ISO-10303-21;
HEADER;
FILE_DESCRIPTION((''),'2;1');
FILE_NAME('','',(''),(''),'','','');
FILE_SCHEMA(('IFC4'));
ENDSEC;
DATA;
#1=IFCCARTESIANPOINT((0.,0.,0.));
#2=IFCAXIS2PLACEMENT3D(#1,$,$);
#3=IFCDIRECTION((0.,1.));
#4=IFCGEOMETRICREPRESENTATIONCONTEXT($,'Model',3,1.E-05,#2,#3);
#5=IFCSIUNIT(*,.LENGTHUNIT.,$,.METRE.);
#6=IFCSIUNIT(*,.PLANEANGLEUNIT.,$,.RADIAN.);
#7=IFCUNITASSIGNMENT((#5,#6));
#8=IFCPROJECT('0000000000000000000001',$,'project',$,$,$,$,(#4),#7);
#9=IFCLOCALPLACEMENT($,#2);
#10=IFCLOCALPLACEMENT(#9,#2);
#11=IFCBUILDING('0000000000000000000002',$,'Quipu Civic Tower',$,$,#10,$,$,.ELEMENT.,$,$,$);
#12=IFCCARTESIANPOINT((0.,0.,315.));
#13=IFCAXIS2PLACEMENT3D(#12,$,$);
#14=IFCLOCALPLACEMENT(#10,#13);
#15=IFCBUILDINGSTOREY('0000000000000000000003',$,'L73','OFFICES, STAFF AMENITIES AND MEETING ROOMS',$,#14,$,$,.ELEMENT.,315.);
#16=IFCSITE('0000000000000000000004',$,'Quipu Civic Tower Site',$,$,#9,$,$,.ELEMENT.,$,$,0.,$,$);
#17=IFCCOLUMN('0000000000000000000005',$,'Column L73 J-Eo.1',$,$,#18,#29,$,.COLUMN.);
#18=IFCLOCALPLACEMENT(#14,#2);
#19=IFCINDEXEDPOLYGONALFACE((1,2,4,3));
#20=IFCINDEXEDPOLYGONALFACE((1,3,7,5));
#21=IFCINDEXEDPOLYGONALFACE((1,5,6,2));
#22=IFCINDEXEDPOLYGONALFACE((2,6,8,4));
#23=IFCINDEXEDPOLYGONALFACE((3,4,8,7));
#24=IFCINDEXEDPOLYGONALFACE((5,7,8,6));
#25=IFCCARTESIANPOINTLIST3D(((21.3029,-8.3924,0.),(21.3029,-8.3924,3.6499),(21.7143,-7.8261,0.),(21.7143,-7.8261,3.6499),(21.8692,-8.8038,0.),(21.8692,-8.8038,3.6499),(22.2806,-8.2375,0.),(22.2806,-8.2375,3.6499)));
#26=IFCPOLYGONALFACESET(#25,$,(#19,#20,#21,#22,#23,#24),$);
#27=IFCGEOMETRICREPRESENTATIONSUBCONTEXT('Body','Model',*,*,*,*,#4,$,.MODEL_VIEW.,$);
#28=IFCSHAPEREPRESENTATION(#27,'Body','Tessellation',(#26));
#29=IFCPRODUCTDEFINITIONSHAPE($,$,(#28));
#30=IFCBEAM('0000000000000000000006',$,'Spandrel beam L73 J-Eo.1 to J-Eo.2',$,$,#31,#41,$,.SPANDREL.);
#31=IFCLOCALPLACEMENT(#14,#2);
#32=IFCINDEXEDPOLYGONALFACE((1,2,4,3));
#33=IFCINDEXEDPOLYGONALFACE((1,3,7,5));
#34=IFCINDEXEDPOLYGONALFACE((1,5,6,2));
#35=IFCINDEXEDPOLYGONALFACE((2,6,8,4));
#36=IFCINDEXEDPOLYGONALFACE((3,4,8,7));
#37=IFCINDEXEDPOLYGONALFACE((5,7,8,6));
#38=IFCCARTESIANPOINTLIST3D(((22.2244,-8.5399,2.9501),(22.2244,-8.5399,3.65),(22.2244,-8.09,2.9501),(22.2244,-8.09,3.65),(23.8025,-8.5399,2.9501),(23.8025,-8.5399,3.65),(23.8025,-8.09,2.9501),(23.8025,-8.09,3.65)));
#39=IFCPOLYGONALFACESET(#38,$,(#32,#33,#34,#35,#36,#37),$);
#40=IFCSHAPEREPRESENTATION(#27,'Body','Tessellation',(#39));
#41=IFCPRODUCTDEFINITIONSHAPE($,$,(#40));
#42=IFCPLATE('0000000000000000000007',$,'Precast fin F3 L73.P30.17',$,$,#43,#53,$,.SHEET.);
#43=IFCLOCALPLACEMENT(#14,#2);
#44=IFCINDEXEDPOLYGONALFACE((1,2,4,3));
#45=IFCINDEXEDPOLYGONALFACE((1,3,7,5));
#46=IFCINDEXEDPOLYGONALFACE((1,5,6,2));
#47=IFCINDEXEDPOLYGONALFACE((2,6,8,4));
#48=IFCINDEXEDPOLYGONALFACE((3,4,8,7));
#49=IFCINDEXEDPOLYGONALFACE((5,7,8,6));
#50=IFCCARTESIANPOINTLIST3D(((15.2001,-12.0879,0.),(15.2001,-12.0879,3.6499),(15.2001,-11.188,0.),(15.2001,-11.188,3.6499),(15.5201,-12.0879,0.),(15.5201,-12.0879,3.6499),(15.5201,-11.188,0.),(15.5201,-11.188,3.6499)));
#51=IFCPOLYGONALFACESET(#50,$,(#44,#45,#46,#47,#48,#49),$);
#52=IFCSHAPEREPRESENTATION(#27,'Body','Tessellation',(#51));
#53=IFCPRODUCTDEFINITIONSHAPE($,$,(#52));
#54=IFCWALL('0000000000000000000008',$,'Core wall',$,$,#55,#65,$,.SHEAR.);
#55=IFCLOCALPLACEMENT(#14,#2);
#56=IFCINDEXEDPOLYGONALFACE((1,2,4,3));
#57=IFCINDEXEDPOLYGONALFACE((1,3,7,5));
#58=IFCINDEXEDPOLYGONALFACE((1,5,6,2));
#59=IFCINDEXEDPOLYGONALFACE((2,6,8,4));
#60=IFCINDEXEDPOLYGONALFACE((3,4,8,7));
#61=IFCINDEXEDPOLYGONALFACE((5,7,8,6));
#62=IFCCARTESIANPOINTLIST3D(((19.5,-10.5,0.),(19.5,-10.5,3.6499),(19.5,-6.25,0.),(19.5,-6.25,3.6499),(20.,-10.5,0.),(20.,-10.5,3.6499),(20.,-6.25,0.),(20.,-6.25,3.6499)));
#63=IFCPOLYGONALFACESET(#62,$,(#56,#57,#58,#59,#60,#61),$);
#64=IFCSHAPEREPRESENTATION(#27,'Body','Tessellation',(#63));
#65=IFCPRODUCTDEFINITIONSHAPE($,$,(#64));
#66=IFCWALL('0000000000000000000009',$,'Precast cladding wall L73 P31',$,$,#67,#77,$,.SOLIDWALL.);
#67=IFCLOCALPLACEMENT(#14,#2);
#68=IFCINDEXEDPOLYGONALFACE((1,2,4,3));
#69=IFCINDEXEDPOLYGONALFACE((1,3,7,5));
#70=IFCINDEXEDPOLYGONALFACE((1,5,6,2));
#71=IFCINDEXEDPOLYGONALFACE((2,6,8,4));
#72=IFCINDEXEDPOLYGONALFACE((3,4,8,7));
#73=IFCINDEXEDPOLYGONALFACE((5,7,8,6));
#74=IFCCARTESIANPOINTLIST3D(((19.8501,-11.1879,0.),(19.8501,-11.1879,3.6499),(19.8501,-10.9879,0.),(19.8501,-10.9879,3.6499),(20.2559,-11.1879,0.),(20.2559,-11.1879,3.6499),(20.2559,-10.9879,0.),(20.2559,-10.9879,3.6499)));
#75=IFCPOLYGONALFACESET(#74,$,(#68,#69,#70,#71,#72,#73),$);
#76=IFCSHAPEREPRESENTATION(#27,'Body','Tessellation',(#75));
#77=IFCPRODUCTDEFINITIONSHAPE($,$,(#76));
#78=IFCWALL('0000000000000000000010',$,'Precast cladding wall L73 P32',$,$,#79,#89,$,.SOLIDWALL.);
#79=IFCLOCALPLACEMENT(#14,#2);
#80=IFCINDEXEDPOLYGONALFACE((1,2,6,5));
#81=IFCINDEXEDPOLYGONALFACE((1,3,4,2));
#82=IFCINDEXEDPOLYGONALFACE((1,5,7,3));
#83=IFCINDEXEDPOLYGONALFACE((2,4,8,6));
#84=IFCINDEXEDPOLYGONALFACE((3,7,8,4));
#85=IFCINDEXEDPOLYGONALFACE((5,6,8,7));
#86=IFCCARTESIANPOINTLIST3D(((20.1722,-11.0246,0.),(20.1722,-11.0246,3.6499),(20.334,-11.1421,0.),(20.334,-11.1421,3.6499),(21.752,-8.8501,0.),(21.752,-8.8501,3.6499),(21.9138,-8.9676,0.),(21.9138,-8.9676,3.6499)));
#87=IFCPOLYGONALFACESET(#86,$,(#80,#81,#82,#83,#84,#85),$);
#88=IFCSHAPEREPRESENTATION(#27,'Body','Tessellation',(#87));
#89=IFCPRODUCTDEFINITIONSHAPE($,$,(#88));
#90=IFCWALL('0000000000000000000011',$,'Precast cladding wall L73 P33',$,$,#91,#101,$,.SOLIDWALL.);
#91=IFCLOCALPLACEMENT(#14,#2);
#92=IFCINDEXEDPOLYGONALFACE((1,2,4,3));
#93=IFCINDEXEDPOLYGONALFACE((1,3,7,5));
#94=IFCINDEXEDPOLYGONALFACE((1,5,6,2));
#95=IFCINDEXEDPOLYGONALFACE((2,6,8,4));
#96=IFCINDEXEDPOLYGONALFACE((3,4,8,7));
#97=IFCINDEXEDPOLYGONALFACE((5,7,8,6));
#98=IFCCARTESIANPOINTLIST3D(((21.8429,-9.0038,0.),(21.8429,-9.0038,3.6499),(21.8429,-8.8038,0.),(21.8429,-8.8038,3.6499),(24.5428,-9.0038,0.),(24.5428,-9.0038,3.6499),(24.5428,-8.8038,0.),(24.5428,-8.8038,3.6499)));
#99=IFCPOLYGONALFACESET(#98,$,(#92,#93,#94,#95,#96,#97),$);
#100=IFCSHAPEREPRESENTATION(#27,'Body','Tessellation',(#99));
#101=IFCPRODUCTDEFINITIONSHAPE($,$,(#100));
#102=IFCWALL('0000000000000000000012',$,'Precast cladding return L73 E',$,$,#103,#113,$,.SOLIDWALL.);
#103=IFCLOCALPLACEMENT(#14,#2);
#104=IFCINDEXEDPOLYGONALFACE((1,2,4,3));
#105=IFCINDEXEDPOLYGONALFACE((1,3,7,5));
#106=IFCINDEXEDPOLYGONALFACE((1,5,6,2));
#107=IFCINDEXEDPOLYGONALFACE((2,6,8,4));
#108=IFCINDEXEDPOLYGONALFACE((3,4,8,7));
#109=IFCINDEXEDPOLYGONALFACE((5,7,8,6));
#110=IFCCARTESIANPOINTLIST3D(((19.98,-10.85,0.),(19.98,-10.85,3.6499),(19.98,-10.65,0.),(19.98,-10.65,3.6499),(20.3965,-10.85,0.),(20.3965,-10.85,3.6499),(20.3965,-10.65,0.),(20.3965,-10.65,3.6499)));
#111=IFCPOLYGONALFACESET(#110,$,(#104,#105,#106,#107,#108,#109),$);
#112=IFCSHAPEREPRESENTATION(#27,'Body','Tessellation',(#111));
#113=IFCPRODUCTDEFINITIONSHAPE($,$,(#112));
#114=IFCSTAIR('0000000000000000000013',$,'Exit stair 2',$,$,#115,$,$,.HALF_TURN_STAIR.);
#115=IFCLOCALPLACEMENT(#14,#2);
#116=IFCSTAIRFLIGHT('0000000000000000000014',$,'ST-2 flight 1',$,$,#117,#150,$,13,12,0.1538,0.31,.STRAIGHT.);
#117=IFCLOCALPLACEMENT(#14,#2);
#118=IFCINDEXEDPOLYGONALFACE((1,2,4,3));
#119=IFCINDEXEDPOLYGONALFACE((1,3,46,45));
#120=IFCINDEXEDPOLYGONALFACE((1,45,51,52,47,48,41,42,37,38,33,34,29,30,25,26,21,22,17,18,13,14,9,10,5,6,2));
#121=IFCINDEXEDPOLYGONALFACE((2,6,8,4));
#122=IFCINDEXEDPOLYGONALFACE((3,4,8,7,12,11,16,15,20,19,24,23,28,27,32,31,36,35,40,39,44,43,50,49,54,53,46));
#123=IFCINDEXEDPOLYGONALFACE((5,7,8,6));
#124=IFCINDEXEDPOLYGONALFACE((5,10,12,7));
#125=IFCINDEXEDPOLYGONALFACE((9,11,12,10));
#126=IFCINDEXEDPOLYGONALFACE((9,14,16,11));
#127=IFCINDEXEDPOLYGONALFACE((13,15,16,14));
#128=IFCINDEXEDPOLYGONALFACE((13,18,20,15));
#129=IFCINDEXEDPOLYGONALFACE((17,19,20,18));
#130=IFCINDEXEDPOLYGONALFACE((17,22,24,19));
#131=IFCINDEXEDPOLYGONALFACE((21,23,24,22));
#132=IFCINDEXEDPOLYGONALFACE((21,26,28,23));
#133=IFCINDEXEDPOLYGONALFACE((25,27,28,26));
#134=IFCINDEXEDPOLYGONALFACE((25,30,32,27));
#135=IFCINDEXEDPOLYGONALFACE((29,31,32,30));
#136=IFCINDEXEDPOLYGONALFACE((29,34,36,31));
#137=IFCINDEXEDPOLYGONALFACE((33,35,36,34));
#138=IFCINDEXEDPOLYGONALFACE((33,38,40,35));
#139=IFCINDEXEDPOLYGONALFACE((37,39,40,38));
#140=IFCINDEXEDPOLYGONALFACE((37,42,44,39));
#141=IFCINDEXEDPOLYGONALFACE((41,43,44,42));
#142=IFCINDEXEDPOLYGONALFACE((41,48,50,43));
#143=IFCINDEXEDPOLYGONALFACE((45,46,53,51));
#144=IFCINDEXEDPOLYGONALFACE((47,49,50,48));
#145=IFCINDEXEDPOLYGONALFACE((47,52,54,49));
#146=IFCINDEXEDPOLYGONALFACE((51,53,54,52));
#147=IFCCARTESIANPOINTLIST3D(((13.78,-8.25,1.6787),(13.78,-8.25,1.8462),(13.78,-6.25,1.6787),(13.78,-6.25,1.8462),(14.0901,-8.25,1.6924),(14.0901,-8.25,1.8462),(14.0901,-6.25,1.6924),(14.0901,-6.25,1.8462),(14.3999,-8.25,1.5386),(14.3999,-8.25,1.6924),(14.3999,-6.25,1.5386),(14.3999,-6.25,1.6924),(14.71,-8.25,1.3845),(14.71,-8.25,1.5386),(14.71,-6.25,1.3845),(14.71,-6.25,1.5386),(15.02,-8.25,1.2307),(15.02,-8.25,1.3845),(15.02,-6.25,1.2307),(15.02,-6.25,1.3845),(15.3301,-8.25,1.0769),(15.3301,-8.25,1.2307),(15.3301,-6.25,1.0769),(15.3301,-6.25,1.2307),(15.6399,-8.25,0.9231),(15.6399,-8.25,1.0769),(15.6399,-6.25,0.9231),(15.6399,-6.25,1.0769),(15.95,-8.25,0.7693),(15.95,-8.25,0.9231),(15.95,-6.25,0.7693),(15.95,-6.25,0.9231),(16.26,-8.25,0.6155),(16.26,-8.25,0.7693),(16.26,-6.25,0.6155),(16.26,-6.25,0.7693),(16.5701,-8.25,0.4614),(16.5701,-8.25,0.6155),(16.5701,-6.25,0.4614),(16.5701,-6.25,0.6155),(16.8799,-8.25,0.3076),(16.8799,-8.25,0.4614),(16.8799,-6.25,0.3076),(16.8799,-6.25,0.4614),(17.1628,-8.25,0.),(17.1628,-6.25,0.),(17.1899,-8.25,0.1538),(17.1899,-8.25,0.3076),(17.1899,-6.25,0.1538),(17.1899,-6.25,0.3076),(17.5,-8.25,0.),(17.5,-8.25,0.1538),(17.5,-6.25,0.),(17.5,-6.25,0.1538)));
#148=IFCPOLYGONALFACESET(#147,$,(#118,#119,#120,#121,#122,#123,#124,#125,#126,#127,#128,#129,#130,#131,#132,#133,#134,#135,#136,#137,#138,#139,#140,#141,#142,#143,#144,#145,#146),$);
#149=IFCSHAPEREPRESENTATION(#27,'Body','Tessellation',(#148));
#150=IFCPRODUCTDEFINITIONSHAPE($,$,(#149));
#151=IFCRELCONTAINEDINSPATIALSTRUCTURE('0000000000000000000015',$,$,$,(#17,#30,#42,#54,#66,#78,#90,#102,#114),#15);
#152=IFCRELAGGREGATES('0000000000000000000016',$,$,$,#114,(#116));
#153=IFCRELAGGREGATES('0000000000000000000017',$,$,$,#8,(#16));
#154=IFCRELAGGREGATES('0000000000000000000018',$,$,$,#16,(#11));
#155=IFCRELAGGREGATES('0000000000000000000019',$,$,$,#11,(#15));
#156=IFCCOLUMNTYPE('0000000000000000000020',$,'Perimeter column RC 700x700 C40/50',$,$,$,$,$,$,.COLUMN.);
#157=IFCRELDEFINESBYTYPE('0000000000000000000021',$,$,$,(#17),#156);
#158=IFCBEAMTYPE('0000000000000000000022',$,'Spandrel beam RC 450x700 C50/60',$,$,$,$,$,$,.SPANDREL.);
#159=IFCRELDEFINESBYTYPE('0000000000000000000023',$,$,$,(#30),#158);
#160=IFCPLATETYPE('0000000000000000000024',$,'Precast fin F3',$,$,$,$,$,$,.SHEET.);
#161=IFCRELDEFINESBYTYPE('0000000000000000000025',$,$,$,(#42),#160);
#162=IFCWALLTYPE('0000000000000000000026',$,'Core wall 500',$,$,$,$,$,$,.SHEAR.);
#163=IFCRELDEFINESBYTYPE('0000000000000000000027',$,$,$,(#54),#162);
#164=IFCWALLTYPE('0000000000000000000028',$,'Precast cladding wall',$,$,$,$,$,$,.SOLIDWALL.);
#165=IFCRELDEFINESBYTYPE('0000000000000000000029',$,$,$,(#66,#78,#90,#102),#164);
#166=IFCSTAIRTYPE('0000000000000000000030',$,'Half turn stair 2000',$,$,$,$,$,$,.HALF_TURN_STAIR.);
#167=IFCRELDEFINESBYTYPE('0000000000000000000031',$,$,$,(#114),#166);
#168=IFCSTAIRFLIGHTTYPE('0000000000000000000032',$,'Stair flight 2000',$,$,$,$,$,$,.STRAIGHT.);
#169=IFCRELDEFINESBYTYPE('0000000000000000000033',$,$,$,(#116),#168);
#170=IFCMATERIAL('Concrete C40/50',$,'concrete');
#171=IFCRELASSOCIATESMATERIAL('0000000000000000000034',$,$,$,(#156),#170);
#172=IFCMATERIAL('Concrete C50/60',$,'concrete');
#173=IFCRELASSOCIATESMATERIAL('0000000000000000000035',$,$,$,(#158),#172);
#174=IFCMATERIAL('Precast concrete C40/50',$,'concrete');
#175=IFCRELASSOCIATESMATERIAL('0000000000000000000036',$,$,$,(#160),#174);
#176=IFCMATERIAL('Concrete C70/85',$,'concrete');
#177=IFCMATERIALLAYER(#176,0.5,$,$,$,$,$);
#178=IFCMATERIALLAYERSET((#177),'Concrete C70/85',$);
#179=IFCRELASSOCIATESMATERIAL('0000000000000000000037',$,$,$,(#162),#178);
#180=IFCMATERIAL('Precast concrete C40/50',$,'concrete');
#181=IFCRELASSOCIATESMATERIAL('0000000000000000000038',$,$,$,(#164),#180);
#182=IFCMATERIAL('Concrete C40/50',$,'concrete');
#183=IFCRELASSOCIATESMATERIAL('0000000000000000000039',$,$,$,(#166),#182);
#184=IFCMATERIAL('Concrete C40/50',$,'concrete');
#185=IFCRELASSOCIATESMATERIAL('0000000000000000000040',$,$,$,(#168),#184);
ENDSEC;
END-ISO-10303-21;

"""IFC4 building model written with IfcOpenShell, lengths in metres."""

from ifc_helpers import new_model, si_unit, direction, frame, frame_2d, origin, origin_2d, place, context, subcontext, project, spatial, polyline, rectangle, outline, extrude, material, layer, layer_set, material_profile, profile_set, type_object, element, aggregate, save


model = new_model("IFC4")

# Units and contexts
model_context = context("Model", 3, precision=1e-05, world=origin(), true_north=direction((0.0, 1.0)))
body_context = subcontext(model_context, "Body", "Model", "MODEL_VIEW")
ifc_project = project(units=[si_unit("LENGTHUNIT", "METRE"), si_unit("PLANEANGLEUNIT", "RADIAN")], contexts=[model_context])

# Site, building, storey
site_placement = place(None, origin())
site = spatial("IfcSite", under=ifc_project, at=site_placement, Name="Quipu Civic Tower Site", CompositionType="ELEMENT", RefElevation=0.0)
building_placement = place(site_placement, origin())
building = spatial("IfcBuilding", under=site, at=building_placement, Name="Quipu Civic Tower", CompositionType="ELEMENT")
storey_placement = place(building_placement, frame((0.0, 0.0, 315.0)))
storey = spatial("IfcBuildingStorey", under=building, at=storey_placement, Name="L73", Description="OFFICES, STAFF AMENITIES AND MEETING ROOMS", CompositionType="ELEMENT", Elevation=315.0)

# Column
ifc_material_1 = material(Name="Concrete C40/50", Category="concrete")
ifc_material_profile_1 = material_profile(ifc_material_1, rectangle(XDim=0.7, YDim=0.7, at=origin_2d()), Name="RC700x700")
ifc_profile_set_1 = profile_set([ifc_material_profile_1], Name="Concrete C40/50")
column_type = type_object("IfcColumnType", Name="Perimeter column RC 700x700 C40/50", PredefinedType="COLUMN", material=ifc_profile_set_1)
column_placement = place(storey_placement, frame((21.7917, -8.3149, 0.0), z_axis=(0.0, 0.0, 1.0), x_axis=(0.587785, 0.809017, 0.0)))
element("IfcColumn", 1, at=column_placement, inside=storey, type_object=column_type, Name="Column L73 J-Eo.1", PredefinedType="COLUMN", context=body_context, shape_type="SweptSolid", body=[
    extrude(rectangle(XDim=0.7, YDim=0.7, at=origin_2d()), origin(), (0.0, 0.0, 1.0), 3.6499),
])

# Beam
ifc_material_2 = material(Name="Concrete C50/60", Category="concrete")
ifc_material_profile_2 = material_profile(ifc_material_2, rectangle(XDim=0.45, YDim=0.7, at=origin_2d()), Name="RC450x700")
ifc_profile_set_2 = profile_set([ifc_material_profile_2], Name="Concrete C50/60")
beam_type = type_object("IfcBeamType", Name="Spandrel beam RC 450x700 C50/60", PredefinedType="SPANDREL", material=ifc_profile_set_2)
beam_placement = place(storey_placement, frame((22.2244, -8.3149, 3.3), z_axis=(1.0, 0.0, 0.0), x_axis=(0.0, 1.0, 0.0)))
element("IfcBeam", 2, at=beam_placement, inside=storey, type_object=beam_type, Name="Spandrel beam L73 J-Eo.1 to J-Eo.2", PredefinedType="SPANDREL", context=body_context, shape_type="SweptSolid", body=[
    extrude(rectangle(XDim=0.45, YDim=0.7, at=origin_2d()), origin(), (0.0, 0.0, 1.0), 1.5781),
])

# Plate
ifc_material_3 = material(Name="Precast concrete C40/50", Category="concrete")
plate_type = type_object("IfcPlateType", Name="Precast fin F3", PredefinedType="SHEET", material=ifc_material_3)
plate_placement = place(storey_placement, frame((15.3601, -11.6379, 0.0), z_axis=(0.0, 0.0, 1.0), x_axis=(1.0, 0.0, 0.0)))
element("IfcPlate", 3, at=plate_placement, inside=storey, type_object=plate_type, Name="Precast fin F3 L73.P30.17", PredefinedType="SHEET", context=body_context, shape_type="SweptSolid", body=[
    extrude(rectangle(XDim=0.3201, YDim=0.8999, at=origin_2d()), origin(), (0.0, 0.0, 1.0), 3.6499),
])

# Walls
ifc_material_4 = material(Name="Concrete C70/85", Category="concrete")
ifc_layer = layer(ifc_material_4, 0.5)
ifc_layer_set = layer_set([ifc_layer], Name="Concrete C70/85")
wall_type_1 = type_object("IfcWallType", Name="Core wall 500", PredefinedType="SHEAR", material=ifc_layer_set)
wall_1_placement = place(storey_placement, frame((19.75, -10.5, 0.0), z_axis=(0.0, 0.0, 1.0), x_axis=(0.0, 1.0, 0.0)))
element("IfcWall", 4, at=wall_1_placement, inside=storey, type_object=wall_type_1, Name="Core wall", PredefinedType="SHEAR", context=body_context, shape_type="SweptSolid", body=[
    extrude(rectangle(XDim=4.25, YDim=0.5, at=frame_2d((2.125, 0.0))), origin(), (0.0, 0.0, 1.0), 3.6499),
])
ifc_material_5 = material(Name="Precast concrete C40/50", Category="concrete")
wall_type_2 = type_object("IfcWallType", Name="Precast cladding wall", PredefinedType="SOLIDWALL", material=ifc_material_5)
wall_2_placement = place(storey_placement, frame((19.8501, -11.0879, 0.0), z_axis=(0.0, 0.0, 1.0), x_axis=(1.0, 0.0, 0.0)))
element("IfcWall", 5, at=wall_2_placement, inside=storey, type_object=wall_type_2, Name="Precast cladding wall L73 P31", PredefinedType="SOLIDWALL", context=body_context, shape_type="SweptSolid", body=[
    extrude(rectangle(XDim=0.4058, YDim=0.2, at=frame_2d((0.2029, 0.0))), origin(), (0.0, 0.0, 1.0), 3.6499),
])
wall_3_placement = place(storey_placement, frame((20.2532, -11.0833, 0.0), z_axis=(0.0, 0.0, 1.0), x_axis=(0.587767, 0.809031, 0.0)))
element("IfcWall", 6, at=wall_3_placement, inside=storey, type_object=wall_type_2, Name="Precast cladding wall L73 P32", PredefinedType="SOLIDWALL", context=body_context, shape_type="SweptSolid", body=[
    extrude(rectangle(XDim=2.6877, YDim=0.2, at=frame_2d((1.3438, 0.0))), origin(), (0.0, 0.0, 1.0), 3.6499),
])
wall_4_placement = place(storey_placement, frame((21.8428, -8.9038, 0.0), z_axis=(0.0, 0.0, 1.0), x_axis=(1.0, 0.0, 0.0)))
element("IfcWall", 7, at=wall_4_placement, inside=storey, type_object=wall_type_2, Name="Precast cladding wall L73 P33", PredefinedType="SOLIDWALL", context=body_context, shape_type="SweptSolid", body=[
    extrude(rectangle(XDim=2.7, YDim=0.2, at=frame_2d((1.3501, 0.0))), origin(), (0.0, 0.0, 1.0), 3.6499),
])
wall_5_placement = place(storey_placement, frame((19.98, -10.75, 0.0), z_axis=(0.0, 0.0, 1.0), x_axis=(1.0, 0.0, 0.0)))
element("IfcWall", 8, at=wall_5_placement, inside=storey, type_object=wall_type_2, Name="Precast cladding return L73 E", PredefinedType="SOLIDWALL", context=body_context, shape_type="SweptSolid", body=[
    extrude(rectangle(XDim=0.4165, YDim=0.2, at=frame_2d((0.2083, 0.0))), origin(), (0.0, 0.0, 1.0), 3.6499),
])

# Stair, stair flight
ifc_material_6 = material(Name="Concrete C40/50", Category="concrete")
stair_type = type_object("IfcStairType", Name="Half turn stair 2000", PredefinedType="HALF_TURN_STAIR", material=ifc_material_6)
stair_placement = place(storey_placement, origin())
stair = element("IfcStair", 9, at=stair_placement, inside=storey, type_object=stair_type, Name="Exit stair 2", PredefinedType="HALF_TURN_STAIR")
ifc_material_7 = material(Name="Concrete C40/50", Category="concrete")
stair_flight_type = type_object("IfcStairFlightType", Name="Stair flight 2000", PredefinedType="STRAIGHT", material=ifc_material_7)
stair_flight_placement = place(storey_placement, frame((17.5, -7.25, 0.0), z_axis=(0.0, 0.0, 1.0), x_axis=(-1.0, 0.0, 0.0)))
stair_flight = element("IfcStairFlight", 10, at=stair_flight_placement, type_object=stair_flight_type, Name="ST-2 flight 1", NumberOfRisers=13, NumberOfTreads=12, PredefinedType="STRAIGHT", RiserHeight=0.1538, TreadLength=0.31, context=body_context, shape_type="SweptSolid", body=[
    extrude(outline(polyline([(0.0, 0.0), (0.0, 0.1538), (0.3101, 0.1538), (0.3101, 0.3076), (0.6201, 0.3076), (0.6201, 0.4614), (0.9299, 0.4614), (0.9299, 0.6155), (1.24, 0.6155), (1.24, 0.7693), (1.55, 0.7693), (1.55, 0.9231), (1.8601, 0.9231), (1.8601, 1.0769), (2.1699, 1.0769), (2.1699, 1.2307), (2.48, 1.2307), (2.48, 1.3845), (2.79, 1.3845), (2.79, 1.5386), (3.1001, 1.5386), (3.1001, 1.6924), (3.4099, 1.6924), (3.4099, 1.8462), (3.72, 1.8462), (3.72, 2.0), (3.72, 1.6787), (0.3372, 0.0), (0.0, 0.0)])), frame((0.0, 1.0, 0.0), z_axis=(0.0, -1.0, 0.0), x_axis=(1.0, 0.0, 0.0)), (0.0, 0.0, 1.0), 2.0),
])
aggregate(stair, [stair_flight])

save(model, "model.ifc")
